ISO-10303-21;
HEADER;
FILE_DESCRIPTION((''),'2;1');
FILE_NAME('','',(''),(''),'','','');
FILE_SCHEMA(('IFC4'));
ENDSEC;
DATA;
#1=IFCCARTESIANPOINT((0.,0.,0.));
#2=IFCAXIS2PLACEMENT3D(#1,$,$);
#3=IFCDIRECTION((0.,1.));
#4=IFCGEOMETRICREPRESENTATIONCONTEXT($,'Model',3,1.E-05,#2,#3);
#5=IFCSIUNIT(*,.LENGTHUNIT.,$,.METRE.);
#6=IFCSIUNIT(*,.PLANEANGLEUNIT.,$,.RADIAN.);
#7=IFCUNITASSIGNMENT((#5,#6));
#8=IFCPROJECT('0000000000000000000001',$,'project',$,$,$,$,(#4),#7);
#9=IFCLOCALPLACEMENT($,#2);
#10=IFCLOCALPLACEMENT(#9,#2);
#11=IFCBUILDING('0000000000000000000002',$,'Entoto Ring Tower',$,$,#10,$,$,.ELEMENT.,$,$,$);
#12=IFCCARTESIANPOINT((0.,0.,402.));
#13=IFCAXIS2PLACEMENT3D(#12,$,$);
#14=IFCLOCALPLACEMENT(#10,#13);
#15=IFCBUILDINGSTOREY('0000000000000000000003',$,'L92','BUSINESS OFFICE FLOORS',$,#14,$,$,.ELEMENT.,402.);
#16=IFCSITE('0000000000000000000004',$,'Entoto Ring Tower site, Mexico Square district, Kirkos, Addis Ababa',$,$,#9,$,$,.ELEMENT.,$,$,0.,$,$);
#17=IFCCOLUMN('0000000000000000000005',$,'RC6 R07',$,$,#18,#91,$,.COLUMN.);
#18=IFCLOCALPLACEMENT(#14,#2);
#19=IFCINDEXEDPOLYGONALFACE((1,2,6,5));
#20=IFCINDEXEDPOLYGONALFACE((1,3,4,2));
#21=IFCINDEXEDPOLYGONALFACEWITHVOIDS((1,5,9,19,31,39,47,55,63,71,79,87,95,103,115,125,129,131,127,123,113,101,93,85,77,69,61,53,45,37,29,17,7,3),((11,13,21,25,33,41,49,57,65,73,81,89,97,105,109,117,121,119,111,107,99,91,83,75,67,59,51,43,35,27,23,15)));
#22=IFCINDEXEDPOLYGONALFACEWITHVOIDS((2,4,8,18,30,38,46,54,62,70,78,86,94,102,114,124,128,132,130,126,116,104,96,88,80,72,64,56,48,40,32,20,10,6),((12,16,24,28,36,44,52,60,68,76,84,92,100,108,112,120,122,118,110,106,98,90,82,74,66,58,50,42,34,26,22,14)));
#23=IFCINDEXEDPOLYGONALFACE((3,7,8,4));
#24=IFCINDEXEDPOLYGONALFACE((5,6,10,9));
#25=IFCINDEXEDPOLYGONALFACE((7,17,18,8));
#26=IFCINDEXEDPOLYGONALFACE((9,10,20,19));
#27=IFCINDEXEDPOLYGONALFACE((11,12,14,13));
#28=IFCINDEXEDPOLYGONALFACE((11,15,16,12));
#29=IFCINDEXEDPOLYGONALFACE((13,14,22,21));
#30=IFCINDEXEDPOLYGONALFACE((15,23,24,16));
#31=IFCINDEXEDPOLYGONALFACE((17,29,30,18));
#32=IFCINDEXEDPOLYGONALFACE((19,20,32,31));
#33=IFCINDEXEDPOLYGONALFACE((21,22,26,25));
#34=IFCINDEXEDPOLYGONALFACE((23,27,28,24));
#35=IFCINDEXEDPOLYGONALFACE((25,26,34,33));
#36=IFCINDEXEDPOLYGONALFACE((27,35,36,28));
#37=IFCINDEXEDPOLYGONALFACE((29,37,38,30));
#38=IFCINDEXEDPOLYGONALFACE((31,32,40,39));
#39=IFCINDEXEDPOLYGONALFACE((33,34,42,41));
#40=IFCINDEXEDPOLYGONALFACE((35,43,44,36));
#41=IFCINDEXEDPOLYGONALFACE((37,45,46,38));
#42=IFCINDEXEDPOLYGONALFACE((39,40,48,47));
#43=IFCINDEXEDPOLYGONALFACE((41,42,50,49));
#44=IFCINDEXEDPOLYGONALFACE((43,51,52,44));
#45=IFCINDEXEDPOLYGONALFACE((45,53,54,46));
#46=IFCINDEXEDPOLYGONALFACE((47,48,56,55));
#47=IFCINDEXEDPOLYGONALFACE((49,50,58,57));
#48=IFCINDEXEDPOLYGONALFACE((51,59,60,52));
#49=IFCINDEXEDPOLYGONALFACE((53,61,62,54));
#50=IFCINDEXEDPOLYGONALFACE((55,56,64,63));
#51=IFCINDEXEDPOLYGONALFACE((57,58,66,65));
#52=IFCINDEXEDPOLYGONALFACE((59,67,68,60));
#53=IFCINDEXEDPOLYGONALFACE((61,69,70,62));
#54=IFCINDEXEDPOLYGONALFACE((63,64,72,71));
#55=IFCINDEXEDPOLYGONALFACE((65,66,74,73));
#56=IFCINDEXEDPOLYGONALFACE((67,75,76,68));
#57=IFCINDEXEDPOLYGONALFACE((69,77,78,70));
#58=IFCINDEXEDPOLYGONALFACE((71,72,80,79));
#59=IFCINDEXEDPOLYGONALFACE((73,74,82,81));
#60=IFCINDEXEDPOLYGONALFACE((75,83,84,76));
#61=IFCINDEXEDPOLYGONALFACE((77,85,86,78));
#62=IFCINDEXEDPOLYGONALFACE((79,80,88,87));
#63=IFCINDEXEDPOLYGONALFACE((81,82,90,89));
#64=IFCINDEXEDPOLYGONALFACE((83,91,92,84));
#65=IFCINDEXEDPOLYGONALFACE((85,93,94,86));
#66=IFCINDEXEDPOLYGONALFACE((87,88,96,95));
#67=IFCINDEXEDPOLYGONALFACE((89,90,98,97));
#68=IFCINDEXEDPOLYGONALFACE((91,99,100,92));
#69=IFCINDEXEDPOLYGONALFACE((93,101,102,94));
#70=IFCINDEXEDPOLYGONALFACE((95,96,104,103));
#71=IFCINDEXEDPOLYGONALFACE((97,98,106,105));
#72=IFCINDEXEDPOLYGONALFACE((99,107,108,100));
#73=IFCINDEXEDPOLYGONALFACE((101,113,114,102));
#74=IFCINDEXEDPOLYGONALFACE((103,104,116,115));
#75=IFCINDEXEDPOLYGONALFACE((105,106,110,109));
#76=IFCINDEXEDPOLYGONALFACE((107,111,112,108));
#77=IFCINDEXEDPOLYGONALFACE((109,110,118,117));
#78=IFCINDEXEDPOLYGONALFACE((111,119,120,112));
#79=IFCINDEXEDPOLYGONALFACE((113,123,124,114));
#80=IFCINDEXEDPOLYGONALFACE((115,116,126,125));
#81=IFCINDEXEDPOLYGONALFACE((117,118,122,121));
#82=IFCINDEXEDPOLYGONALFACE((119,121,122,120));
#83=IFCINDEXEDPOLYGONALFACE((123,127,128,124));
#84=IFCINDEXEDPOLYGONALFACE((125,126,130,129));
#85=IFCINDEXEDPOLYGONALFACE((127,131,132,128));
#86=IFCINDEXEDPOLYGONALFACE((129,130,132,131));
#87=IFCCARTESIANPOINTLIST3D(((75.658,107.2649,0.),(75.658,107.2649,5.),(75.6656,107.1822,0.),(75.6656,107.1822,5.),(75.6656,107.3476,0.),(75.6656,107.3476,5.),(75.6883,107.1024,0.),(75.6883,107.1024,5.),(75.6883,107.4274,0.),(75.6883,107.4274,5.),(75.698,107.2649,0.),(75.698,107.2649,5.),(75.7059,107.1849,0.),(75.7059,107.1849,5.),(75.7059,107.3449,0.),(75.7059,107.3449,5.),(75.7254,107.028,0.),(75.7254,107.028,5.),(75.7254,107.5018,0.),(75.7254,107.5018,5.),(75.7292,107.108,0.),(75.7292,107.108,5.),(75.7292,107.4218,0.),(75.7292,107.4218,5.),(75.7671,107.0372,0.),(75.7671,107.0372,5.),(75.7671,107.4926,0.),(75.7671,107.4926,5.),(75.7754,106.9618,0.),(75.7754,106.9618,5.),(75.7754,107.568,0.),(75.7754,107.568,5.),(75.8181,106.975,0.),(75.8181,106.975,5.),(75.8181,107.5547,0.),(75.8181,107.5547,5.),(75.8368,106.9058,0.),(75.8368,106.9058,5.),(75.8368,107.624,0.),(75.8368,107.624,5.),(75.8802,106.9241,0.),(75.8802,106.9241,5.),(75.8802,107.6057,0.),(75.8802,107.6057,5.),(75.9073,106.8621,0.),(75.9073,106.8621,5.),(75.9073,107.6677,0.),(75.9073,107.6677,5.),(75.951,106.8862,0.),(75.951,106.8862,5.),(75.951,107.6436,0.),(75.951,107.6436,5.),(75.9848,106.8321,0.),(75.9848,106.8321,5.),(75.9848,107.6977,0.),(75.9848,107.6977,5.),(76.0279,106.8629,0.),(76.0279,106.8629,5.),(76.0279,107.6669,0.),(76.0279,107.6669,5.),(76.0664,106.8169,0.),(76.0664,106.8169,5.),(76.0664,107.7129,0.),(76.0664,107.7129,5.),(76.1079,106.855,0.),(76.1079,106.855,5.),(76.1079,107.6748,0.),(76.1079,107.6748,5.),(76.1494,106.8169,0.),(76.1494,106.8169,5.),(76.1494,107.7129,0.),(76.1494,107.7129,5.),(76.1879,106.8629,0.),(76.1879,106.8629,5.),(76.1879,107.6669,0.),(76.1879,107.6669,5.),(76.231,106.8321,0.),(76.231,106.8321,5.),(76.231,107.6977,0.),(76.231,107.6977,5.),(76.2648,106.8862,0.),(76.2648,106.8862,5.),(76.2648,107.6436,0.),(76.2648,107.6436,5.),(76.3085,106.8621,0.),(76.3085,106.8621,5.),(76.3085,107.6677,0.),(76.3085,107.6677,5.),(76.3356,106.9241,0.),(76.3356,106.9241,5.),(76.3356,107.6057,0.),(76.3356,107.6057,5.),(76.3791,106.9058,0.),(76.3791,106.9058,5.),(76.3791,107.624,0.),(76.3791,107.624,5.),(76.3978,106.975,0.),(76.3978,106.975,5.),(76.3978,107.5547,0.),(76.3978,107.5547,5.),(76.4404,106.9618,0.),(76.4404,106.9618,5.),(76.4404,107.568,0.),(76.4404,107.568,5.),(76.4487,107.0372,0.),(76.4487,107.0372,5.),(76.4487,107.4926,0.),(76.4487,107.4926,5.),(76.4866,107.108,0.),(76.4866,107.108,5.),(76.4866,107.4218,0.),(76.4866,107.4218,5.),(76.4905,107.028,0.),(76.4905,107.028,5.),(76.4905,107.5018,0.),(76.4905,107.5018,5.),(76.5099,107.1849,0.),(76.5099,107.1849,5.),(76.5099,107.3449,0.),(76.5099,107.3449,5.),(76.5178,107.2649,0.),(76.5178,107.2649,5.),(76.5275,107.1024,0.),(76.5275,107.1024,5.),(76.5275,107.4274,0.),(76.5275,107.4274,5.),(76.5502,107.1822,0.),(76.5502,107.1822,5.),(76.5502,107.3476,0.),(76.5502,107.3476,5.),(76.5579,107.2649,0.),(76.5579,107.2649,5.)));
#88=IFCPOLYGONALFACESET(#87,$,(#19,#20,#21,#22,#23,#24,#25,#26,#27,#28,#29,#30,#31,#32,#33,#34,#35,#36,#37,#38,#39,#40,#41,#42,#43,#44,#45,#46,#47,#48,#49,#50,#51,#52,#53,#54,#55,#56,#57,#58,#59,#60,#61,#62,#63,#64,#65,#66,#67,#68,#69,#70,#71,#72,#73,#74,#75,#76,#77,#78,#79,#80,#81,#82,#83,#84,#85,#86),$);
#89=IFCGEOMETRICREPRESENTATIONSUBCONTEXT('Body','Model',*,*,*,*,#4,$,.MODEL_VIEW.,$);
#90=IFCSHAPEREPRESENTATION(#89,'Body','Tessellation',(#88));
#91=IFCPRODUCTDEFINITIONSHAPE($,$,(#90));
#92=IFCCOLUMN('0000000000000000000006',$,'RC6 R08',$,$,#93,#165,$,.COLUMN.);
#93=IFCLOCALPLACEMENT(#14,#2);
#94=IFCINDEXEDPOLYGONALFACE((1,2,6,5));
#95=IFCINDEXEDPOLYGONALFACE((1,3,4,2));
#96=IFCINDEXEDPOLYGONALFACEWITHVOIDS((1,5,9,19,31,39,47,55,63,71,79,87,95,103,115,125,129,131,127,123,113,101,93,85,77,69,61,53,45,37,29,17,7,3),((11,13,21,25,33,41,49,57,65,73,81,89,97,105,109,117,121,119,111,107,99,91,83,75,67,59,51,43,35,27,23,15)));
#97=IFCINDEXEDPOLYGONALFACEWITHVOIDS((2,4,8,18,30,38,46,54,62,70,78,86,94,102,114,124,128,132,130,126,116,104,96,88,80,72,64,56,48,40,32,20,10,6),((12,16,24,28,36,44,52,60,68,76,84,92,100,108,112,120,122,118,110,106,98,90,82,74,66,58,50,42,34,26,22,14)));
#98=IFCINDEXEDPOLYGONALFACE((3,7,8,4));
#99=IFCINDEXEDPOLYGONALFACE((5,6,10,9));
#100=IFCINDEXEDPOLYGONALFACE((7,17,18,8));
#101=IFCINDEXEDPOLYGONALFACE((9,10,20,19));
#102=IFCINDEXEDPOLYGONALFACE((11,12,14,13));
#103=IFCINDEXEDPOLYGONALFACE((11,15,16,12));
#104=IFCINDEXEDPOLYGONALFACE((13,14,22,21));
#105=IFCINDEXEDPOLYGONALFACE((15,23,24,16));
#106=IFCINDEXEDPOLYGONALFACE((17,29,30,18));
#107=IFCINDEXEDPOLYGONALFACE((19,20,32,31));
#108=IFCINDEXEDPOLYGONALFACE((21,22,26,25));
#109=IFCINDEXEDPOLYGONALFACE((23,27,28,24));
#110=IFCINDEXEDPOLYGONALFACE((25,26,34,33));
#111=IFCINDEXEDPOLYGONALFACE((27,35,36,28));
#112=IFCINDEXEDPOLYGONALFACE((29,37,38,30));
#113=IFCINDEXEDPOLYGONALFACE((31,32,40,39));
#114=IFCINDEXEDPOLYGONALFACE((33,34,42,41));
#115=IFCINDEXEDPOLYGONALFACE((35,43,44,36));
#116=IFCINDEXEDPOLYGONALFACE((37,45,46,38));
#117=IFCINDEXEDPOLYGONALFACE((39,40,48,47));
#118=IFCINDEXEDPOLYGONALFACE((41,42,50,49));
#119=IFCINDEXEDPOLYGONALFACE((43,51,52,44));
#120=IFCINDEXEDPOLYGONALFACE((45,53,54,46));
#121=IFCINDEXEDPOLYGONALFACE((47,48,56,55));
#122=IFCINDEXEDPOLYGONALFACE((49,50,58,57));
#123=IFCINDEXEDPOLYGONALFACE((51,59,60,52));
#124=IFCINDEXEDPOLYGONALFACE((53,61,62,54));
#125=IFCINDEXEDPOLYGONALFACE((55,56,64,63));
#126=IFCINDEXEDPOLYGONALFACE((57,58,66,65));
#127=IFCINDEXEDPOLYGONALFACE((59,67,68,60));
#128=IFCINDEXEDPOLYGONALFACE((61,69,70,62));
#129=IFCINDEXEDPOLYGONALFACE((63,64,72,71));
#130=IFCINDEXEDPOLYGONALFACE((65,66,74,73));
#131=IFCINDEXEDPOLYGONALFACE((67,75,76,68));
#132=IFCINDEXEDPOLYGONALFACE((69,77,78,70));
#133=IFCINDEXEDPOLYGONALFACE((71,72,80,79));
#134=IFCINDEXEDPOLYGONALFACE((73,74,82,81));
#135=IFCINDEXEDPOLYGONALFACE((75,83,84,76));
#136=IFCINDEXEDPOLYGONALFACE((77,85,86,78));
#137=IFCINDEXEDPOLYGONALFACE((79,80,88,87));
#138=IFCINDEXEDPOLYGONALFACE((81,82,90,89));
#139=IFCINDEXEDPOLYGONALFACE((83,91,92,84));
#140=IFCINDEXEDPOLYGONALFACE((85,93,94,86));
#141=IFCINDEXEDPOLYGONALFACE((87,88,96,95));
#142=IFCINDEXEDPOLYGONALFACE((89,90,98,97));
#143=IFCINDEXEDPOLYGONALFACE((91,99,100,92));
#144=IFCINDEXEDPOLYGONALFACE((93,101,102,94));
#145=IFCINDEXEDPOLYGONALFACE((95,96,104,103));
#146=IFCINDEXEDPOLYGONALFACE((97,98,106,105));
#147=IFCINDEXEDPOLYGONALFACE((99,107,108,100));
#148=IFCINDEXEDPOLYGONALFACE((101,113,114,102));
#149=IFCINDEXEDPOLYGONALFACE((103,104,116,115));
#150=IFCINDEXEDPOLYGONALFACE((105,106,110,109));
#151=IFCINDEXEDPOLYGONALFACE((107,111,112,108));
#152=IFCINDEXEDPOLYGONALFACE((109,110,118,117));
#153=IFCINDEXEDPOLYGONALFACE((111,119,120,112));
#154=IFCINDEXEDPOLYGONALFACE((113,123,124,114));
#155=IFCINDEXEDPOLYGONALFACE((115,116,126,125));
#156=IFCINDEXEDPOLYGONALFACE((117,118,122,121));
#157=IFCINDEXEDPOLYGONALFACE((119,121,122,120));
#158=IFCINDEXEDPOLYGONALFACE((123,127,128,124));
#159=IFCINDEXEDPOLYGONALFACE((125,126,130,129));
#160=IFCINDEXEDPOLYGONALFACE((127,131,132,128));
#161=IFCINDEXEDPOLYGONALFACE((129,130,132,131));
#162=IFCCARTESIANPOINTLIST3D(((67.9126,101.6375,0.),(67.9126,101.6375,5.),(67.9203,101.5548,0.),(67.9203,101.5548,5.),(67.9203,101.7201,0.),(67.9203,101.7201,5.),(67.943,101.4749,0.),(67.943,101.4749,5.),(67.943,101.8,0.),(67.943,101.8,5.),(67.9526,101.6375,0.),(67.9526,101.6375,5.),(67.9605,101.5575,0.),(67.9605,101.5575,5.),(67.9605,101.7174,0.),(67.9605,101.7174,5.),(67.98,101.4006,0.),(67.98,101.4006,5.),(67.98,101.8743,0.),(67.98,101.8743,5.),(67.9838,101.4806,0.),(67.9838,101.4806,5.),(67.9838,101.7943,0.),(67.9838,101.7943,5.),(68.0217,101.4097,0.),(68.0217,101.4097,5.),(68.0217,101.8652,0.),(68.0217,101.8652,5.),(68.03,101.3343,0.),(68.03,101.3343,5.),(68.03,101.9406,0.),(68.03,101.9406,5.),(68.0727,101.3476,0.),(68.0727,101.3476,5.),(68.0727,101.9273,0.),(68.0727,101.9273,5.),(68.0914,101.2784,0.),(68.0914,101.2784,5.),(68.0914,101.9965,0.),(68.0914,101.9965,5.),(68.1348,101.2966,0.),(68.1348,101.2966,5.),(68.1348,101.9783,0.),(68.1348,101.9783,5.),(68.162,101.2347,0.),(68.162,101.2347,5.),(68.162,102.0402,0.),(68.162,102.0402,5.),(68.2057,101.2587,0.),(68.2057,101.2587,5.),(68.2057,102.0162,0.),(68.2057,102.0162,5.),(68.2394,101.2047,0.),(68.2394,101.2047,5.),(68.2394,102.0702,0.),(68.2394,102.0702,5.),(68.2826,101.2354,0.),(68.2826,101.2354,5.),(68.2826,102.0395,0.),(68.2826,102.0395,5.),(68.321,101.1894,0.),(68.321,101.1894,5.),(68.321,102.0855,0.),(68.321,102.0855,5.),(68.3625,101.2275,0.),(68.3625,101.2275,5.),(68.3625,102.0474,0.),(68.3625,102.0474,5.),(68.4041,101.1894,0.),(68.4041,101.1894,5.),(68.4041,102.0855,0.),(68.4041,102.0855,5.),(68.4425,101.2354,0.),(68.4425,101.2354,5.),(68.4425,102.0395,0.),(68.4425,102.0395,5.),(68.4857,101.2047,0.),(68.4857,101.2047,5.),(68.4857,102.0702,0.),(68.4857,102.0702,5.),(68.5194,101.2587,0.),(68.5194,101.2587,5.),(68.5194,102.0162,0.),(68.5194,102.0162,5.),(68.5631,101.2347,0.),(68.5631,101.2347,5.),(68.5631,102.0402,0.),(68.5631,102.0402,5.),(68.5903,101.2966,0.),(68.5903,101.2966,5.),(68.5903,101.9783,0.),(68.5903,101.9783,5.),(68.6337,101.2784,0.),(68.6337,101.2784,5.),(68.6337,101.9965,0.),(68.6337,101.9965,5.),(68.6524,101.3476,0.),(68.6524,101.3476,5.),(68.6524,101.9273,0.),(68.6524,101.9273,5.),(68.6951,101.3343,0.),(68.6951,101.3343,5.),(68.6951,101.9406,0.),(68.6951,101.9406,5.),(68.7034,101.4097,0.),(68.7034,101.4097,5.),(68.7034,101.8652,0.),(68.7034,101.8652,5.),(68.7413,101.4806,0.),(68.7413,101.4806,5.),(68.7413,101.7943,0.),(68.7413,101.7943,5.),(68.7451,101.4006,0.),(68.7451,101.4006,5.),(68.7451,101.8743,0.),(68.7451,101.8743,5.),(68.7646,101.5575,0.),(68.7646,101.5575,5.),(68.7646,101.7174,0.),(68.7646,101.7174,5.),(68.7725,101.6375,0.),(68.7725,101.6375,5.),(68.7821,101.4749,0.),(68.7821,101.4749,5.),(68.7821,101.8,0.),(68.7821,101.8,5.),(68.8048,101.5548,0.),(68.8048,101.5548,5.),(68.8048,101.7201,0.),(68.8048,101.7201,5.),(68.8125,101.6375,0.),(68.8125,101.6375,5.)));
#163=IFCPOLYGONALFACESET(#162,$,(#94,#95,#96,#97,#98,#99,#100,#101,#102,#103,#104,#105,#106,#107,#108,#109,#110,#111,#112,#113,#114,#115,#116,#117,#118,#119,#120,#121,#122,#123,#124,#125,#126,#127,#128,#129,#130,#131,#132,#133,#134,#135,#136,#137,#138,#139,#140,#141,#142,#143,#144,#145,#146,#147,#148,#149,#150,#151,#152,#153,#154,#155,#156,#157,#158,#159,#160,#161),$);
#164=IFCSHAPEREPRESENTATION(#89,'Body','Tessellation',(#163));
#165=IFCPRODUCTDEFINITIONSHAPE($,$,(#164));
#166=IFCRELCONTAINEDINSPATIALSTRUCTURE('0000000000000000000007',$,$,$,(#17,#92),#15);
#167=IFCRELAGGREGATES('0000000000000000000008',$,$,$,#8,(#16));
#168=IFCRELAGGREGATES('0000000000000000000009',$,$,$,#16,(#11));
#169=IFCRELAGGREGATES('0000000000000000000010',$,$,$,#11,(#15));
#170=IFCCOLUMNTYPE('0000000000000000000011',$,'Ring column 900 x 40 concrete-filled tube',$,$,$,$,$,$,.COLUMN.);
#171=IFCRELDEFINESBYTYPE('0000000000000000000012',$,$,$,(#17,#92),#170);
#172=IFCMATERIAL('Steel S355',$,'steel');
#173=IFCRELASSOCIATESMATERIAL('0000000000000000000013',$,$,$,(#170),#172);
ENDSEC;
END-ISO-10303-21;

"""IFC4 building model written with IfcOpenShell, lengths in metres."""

from ifc_helpers import new_model, si_unit, direction, frame, origin, origin_2d, place, context, subcontext, project, spatial, circle, hollow_circle, extrude, material, material_profile, profile_set, type_object, element, save


model = new_model("IFC4")

# Units and contexts
model_context = context("Model", 3, precision=1e-05, world=origin(), true_north=direction((0.0, 1.0)))
body_context = subcontext(model_context, "Body", "Model", "MODEL_VIEW")
ifc_project = project(units=[si_unit("LENGTHUNIT", "METRE"), si_unit("PLANEANGLEUNIT", "RADIAN")], contexts=[model_context])

# Site, building, storey
site_placement = place(None, origin())
site = spatial("IfcSite", under=ifc_project, at=site_placement, Name="Entoto Ring Tower site, Mexico Square district, Kirkos, Addis Ababa", CompositionType="ELEMENT", RefElevation=0.0)
building_placement = place(site_placement, origin())
building = spatial("IfcBuilding", under=site, at=building_placement, Name="Entoto Ring Tower", CompositionType="ELEMENT")
storey_placement = place(building_placement, frame((0.0, 0.0, 402.0)))
storey = spatial("IfcBuildingStorey", under=building, at=storey_placement, Name="L92", Description="BUSINESS OFFICE FLOORS", CompositionType="ELEMENT", Elevation=402.0)

# Columns
ifc_material_1 = material(Name="Steel S355", Category="steel")
ifc_material_profile_1 = material_profile(ifc_material_1, hollow_circle(Radius=0.45, WallThickness=0.04, at=origin_2d()), Name="CHS 900 x 40")
ifc_material_2 = material(Name="Concrete C60/75", Category="concrete")
ifc_material_profile_2 = material_profile(ifc_material_2, circle(Radius=0.4099, at=origin_2d()), Name="Concrete C60/75 infill")
ifc_profile_set_1 = profile_set([ifc_material_profile_1, ifc_material_profile_2], Name="Steel S355")
column_type = type_object("IfcColumnType", Name="Ring column 900 x 40 concrete-filled tube", PredefinedType="COLUMN", material=ifc_profile_set_1)
for number, where, z_axis, x_axis, name in (
    (1, (76.1079, 107.2649, 0.0), (0.0, 0.0, 1.0), (1.0, 0.0, 0.0), "RC6 R07"),
    (2, (68.3625, 101.6375, 0.0), (0.0, 0.0, 1.0), (1.0, 0.0, 0.0), "RC6 R08"),
):
    element("IfcColumn", number, at=place(storey_placement, frame(where, z_axis=z_axis, x_axis=x_axis)), inside=storey, type_object=column_type, Name=name, PredefinedType="COLUMN", context=body_context, shape_type="SweptSolid", body=[
        extrude(hollow_circle(Radius=0.45, WallThickness=0.04, at=origin_2d()), origin(), (0.0, 0.0, 1.0), 5.0),
    ])

save(model, "model.ifc")
